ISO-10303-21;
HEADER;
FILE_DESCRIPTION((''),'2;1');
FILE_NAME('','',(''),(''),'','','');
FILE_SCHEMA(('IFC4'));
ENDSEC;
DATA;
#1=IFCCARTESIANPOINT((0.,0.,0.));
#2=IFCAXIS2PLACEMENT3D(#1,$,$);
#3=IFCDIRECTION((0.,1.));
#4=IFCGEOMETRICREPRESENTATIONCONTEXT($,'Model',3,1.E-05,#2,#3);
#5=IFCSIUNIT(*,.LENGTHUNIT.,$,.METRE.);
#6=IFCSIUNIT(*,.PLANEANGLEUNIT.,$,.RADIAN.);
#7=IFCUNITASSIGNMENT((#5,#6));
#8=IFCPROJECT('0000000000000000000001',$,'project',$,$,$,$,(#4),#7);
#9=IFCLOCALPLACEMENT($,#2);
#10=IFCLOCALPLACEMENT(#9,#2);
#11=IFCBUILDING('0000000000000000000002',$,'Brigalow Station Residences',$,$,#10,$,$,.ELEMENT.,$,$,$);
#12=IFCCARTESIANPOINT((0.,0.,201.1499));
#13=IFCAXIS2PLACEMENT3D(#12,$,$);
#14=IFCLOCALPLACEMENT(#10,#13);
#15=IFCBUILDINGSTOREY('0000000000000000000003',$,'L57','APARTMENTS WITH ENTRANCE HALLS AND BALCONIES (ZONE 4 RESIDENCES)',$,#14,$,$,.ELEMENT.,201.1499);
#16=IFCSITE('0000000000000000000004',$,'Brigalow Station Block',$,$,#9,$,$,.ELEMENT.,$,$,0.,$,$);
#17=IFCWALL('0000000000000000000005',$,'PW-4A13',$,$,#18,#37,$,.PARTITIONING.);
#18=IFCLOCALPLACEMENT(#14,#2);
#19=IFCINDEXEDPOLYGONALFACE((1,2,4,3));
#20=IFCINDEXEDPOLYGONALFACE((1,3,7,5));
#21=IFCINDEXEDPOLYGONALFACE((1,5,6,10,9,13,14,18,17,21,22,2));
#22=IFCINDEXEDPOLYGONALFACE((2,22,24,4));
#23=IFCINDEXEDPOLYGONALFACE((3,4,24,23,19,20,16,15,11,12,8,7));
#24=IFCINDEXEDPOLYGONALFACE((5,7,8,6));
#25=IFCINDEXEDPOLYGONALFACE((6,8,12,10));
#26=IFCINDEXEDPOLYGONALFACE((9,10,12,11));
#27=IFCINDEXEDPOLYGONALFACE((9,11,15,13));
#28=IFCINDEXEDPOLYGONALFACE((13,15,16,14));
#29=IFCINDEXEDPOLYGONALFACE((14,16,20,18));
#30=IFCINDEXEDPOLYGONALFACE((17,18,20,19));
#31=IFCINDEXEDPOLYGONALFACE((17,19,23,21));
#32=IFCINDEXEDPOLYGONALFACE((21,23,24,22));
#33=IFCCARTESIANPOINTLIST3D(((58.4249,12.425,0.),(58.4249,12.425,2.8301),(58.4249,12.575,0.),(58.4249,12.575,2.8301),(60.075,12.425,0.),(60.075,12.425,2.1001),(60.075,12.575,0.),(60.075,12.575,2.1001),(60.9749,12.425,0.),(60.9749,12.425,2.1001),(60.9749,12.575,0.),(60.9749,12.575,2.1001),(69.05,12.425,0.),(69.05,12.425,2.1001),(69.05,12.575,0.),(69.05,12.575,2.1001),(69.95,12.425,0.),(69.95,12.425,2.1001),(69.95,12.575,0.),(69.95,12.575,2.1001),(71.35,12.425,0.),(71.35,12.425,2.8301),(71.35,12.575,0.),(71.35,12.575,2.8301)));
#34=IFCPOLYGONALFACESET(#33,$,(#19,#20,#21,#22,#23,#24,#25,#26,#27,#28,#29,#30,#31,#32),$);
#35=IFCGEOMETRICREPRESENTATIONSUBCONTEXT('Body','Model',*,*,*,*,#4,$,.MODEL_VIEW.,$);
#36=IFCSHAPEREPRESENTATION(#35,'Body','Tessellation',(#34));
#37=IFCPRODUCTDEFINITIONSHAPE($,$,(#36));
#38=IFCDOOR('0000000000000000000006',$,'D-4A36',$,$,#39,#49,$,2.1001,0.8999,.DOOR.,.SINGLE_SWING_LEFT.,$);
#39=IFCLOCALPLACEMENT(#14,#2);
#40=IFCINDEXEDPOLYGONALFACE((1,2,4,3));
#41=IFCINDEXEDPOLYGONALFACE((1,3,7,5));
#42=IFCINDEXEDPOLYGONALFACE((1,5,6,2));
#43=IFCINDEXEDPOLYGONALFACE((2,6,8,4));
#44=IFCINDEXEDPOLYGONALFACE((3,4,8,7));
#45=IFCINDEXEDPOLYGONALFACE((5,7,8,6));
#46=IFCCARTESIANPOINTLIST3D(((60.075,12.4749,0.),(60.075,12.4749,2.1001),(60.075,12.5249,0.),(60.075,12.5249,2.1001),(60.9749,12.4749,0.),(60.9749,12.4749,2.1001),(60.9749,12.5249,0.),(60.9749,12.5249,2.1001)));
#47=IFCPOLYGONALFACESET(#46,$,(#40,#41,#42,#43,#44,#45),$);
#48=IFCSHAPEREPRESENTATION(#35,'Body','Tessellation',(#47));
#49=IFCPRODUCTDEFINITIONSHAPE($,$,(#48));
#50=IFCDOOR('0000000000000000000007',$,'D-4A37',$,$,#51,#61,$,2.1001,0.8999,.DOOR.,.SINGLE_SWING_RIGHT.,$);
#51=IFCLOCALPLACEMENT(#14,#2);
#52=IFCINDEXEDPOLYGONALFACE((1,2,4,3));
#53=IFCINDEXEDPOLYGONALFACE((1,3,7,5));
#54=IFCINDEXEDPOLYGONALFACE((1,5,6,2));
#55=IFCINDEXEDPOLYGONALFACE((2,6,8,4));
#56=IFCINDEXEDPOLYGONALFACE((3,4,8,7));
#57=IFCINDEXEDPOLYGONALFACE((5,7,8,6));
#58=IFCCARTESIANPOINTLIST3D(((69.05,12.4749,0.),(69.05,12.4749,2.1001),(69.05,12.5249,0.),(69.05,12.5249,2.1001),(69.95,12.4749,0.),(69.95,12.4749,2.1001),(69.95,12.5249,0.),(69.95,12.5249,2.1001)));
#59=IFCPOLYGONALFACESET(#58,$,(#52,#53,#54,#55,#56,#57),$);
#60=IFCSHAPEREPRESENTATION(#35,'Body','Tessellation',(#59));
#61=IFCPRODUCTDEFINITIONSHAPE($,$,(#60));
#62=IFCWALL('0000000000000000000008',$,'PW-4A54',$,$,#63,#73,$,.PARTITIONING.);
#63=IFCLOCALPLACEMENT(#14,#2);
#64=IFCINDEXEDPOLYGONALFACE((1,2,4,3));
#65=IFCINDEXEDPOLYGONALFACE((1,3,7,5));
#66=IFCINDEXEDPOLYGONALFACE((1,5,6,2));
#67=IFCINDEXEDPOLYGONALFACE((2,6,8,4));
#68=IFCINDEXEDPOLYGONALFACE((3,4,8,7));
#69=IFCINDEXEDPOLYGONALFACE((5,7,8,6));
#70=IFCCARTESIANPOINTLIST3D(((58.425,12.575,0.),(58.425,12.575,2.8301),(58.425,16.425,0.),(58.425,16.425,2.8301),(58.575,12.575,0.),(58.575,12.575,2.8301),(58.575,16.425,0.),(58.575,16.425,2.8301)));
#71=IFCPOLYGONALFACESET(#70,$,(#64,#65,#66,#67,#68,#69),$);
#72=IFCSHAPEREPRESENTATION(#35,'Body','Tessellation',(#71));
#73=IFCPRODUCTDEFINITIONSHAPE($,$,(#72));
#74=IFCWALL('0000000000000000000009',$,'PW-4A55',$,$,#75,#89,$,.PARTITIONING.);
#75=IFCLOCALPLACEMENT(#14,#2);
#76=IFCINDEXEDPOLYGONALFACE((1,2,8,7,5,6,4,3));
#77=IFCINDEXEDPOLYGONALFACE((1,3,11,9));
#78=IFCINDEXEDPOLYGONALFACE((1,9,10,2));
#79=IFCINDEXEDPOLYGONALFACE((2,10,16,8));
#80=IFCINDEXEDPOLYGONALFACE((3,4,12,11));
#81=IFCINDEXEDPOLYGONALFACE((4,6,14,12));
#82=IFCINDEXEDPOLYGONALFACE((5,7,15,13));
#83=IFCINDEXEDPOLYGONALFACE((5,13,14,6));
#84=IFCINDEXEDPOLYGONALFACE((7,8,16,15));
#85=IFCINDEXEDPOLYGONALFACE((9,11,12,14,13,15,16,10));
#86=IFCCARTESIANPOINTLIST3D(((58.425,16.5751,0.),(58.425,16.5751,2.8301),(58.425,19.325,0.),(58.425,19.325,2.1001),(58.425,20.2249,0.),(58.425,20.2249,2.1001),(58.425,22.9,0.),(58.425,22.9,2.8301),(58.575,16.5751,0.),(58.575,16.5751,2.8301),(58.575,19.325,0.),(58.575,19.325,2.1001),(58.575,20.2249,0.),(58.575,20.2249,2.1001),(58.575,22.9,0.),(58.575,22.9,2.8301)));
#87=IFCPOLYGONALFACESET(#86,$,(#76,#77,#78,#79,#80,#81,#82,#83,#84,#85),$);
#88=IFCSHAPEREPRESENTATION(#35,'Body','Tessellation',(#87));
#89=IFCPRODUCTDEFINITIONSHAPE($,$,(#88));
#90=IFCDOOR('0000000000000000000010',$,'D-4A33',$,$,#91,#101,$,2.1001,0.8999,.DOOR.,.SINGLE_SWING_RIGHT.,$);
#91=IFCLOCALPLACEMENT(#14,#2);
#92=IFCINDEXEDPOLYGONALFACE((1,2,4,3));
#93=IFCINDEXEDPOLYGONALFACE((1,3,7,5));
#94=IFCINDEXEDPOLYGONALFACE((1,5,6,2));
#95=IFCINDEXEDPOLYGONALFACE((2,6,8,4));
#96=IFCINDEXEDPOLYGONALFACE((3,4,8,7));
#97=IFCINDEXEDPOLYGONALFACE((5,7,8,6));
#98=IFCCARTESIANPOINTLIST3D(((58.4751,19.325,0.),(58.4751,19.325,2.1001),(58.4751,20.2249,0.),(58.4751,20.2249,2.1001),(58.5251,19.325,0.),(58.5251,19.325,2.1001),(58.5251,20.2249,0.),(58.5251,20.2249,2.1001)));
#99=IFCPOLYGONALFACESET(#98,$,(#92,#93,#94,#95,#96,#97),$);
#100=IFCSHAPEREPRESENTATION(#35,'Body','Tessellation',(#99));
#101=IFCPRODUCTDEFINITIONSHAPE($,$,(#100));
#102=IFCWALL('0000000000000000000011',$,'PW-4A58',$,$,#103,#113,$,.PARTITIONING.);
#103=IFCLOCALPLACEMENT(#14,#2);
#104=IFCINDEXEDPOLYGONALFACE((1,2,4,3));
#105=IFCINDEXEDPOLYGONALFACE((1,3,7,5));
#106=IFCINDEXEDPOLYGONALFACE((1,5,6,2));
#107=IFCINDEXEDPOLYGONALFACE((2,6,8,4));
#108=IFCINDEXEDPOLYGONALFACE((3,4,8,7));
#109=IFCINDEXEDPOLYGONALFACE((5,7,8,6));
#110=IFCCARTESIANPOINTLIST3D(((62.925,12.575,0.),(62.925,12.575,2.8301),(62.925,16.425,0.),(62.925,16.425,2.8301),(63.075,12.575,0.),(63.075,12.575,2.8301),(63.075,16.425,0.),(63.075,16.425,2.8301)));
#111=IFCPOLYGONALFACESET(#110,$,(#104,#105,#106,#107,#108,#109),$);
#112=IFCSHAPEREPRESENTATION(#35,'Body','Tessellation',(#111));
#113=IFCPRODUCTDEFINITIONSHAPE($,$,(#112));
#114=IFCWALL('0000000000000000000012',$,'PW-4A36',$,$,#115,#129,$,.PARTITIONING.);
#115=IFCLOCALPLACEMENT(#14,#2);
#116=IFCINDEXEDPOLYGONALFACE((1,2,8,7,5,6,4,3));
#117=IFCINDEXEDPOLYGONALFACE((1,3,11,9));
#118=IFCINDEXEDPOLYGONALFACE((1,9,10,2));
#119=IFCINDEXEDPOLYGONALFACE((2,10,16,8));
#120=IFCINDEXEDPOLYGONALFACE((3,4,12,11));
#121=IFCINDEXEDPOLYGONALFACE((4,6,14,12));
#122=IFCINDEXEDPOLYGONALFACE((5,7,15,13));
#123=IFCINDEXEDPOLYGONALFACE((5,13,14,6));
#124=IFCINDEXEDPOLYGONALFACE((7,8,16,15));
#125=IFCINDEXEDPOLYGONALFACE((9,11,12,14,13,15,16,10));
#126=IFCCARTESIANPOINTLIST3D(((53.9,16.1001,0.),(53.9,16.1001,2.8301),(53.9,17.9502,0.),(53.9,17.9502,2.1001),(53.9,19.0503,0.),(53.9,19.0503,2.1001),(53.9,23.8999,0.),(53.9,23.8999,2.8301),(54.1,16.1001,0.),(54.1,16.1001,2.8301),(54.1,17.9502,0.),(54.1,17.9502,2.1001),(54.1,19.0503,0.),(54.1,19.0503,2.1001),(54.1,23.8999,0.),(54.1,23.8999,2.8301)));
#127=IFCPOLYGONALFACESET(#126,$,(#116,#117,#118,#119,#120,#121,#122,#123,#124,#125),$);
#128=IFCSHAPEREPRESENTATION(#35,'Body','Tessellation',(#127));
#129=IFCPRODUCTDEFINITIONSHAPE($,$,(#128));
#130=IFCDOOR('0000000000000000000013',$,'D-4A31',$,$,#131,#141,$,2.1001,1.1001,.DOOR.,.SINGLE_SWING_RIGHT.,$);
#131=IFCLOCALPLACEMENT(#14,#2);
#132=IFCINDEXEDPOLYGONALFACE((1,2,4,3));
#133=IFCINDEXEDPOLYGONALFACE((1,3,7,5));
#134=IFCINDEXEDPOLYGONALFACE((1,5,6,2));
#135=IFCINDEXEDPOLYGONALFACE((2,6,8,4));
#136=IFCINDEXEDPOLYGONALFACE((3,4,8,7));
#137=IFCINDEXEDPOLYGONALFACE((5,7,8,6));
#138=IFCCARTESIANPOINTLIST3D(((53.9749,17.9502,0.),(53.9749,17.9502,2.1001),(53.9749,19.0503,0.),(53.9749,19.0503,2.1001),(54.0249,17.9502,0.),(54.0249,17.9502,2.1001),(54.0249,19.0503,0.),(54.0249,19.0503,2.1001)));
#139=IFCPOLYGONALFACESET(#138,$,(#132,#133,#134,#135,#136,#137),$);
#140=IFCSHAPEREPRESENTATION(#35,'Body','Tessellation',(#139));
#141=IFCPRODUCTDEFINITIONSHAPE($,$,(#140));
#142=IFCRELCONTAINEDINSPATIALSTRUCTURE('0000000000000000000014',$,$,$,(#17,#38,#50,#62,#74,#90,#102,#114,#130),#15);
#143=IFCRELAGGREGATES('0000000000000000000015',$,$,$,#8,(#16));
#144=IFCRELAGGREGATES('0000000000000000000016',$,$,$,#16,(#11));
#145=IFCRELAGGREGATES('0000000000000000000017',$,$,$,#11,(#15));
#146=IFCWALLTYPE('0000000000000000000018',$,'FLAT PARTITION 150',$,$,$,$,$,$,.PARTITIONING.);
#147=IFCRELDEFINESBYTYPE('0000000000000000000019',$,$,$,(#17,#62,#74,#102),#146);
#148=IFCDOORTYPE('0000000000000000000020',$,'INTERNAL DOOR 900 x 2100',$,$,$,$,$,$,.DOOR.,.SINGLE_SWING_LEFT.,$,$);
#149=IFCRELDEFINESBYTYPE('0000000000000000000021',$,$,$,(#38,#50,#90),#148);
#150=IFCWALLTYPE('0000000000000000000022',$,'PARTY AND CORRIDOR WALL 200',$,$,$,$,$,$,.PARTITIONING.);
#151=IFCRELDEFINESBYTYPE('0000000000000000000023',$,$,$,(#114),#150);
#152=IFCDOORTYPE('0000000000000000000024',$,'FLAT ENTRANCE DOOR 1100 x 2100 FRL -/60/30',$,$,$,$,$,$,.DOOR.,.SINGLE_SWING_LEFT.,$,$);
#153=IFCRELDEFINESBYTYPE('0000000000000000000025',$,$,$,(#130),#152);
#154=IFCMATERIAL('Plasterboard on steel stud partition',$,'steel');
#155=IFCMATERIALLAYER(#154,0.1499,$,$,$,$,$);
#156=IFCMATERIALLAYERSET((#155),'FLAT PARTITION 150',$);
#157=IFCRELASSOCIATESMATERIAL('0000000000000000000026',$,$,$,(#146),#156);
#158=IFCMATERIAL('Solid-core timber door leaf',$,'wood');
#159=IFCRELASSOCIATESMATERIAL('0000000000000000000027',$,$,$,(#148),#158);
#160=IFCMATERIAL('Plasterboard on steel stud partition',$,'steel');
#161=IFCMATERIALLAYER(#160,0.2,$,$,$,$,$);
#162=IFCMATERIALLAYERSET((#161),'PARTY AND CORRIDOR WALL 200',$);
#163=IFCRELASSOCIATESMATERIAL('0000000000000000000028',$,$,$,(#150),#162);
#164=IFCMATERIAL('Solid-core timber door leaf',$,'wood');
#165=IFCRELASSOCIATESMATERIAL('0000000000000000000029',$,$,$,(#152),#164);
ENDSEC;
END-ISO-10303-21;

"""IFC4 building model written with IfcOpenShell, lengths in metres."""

from ifc_helpers import new_model, si_unit, direction, frame, frame_2d, origin, place, context, subcontext, project, spatial, rectangle, extrude, material, layer, layer_set, type_object, element, fill, save


model = new_model("IFC4")

# Units and contexts
model_context = context("Model", 3, precision=1e-05, world=origin(), true_north=direction((0.0, 1.0)))
body_context = subcontext(model_context, "Body", "Model", "MODEL_VIEW")
ifc_project = project(units=[si_unit("LENGTHUNIT", "METRE"), si_unit("PLANEANGLEUNIT", "RADIAN")], contexts=[model_context])

# Site, building, storey
site_placement = place(None, origin())
site = spatial("IfcSite", under=ifc_project, at=site_placement, Name="Brigalow Station Block", CompositionType="ELEMENT", RefElevation=0.0)
building_placement = place(site_placement, origin())
building = spatial("IfcBuilding", under=site, at=building_placement, Name="Brigalow Station Residences", CompositionType="ELEMENT")
storey_placement = place(building_placement, frame((0.0, 0.0, 201.1499)))
storey = spatial("IfcBuildingStorey", under=building, at=storey_placement, Name="L57", Description="APARTMENTS WITH ENTRANCE HALLS AND BALCONIES (ZONE 4 RESIDENCES)", CompositionType="ELEMENT", Elevation=201.1499)

# Wall, openings, doors
ifc_material_1 = material(Name="Plasterboard on steel stud partition", Category="steel")
ifc_layer_1 = layer(ifc_material_1, 0.1499)
ifc_layer_set_1 = layer_set([ifc_layer_1], Name="FLAT PARTITION 150")
wall_type_1 = type_object("IfcWallType", Name="FLAT PARTITION 150", PredefinedType="PARTITIONING", material=ifc_layer_set_1)
wall_1_placement = place(storey_placement, frame((58.425, 12.5, 0.0), z_axis=(0.0, 0.0, 1.0), x_axis=(1.0, 0.0, 0.0)))
wall_1 = element("IfcWall", 1, at=wall_1_placement, inside=storey, type_object=wall_type_1, Name="PW-4A13", PredefinedType="PARTITIONING", context=body_context, shape_type="SweptSolid", body=[
    extrude(rectangle(XDim=12.925, YDim=0.1499, at=frame_2d((6.4624, 0.0))), origin(), (0.0, 0.0, 1.0), 2.8301),
])
opening_1_placement = place(wall_1_placement, frame((1.6499, 0.0, 0.0)))
opening_1 = element("IfcOpeningElement", 2, at=opening_1_placement, cuts=wall_1, PredefinedType="OPENING", context=body_context, shape_type="SweptSolid", body=[
    extrude(rectangle(XDim=0.8999, YDim=2.1001, at=frame_2d((0.45, 1.05))), frame((0.0, 0.085, 0.0), z_axis=(0.0, -1.0, 0.0), x_axis=(1.0, 0.0, 0.0)), (0.0, 0.0, 1.0), 0.1699),
])
opening_2_placement = place(wall_1_placement, frame((10.625, 0.0, 0.0)))
opening_2 = element("IfcOpeningElement", 3, at=opening_2_placement, cuts=wall_1, PredefinedType="OPENING", context=body_context, shape_type="SweptSolid", body=[
    extrude(rectangle(XDim=0.8999, YDim=2.1001, at=frame_2d((0.45, 1.05))), frame((0.0, 0.085, 0.0), z_axis=(0.0, -1.0, 0.0), x_axis=(1.0, 0.0, 0.0)), (0.0, 0.0, 1.0), 0.1699),
])
ifc_material_2 = material(Name="Solid-core timber door leaf", Category="wood")
door_type_1 = type_object("IfcDoorType", Name="INTERNAL DOOR 900 x 2100", OperationType="SINGLE_SWING_LEFT", PredefinedType="DOOR", material=ifc_material_2)
door_1_placement = place(opening_1_placement, origin())
door_1 = element("IfcDoor", 4, at=door_1_placement, inside=storey, type_object=door_type_1, Name="D-4A36", OperationType="SINGLE_SWING_LEFT", OverallHeight=2.1001, OverallWidth=0.8999, PredefinedType="DOOR", context=body_context, shape_type="SweptSolid", body=[
    extrude(rectangle(XDim=0.8999, YDim=2.1001, at=frame_2d((0.45, 1.05))), frame((0.0, 0.0249, 0.0), z_axis=(0.0, -1.0, 0.0), x_axis=(1.0, 0.0, 0.0)), (0.0, 0.0, 1.0), 0.05),
])
fill(opening_1, door_1)
door_2_placement = place(opening_2_placement, origin())
door_2 = element("IfcDoor", 5, at=door_2_placement, inside=storey, type_object=door_type_1, Name="D-4A37", OperationType="SINGLE_SWING_RIGHT", OverallHeight=2.1001, OverallWidth=0.8999, PredefinedType="DOOR", context=body_context, shape_type="SweptSolid", body=[
    extrude(rectangle(XDim=0.8999, YDim=2.1001, at=frame_2d((0.45, 1.05))), frame((0.0, 0.0249, 0.0), z_axis=(0.0, -1.0, 0.0), x_axis=(1.0, 0.0, 0.0)), (0.0, 0.0, 1.0), 0.05),
])
fill(opening_2, door_2)

# Wall
wall_2_placement = place(storey_placement, frame((58.5, 12.575, 0.0), z_axis=(0.0, 0.0, 1.0), x_axis=(0.0, 1.0, 0.0)))
element("IfcWall", 6, at=wall_2_placement, inside=storey, type_object=wall_type_1, Name="PW-4A54", PredefinedType="PARTITIONING", context=body_context, shape_type="SweptSolid", body=[
    extrude(rectangle(XDim=3.8501, YDim=0.1499, at=frame_2d((1.925, 0.0))), origin(), (0.0, 0.0, 1.0), 2.8301),
])

# Wall, opening, door
wall_3_placement = place(storey_placement, frame((58.5, 16.575, 0.0), z_axis=(0.0, 0.0, 1.0), x_axis=(0.0, 1.0, 0.0)))
wall_3 = element("IfcWall", 7, at=wall_3_placement, inside=storey, type_object=wall_type_1, Name="PW-4A55", PredefinedType="PARTITIONING", context=body_context, shape_type="SweptSolid", body=[
    extrude(rectangle(XDim=6.325, YDim=0.1499, at=frame_2d((3.1626, 0.0))), origin(), (0.0, 0.0, 1.0), 2.8301),
])
opening_3_placement = place(wall_3_placement, frame((2.75, 0.0, 0.0)))
opening_3 = element("IfcOpeningElement", 8, at=opening_3_placement, cuts=wall_3, PredefinedType="OPENING", context=body_context, shape_type="SweptSolid", body=[
    extrude(rectangle(XDim=0.8999, YDim=2.1001, at=frame_2d((0.45, 1.05))), frame((0.0, 0.085, 0.0), z_axis=(0.0, -1.0, 0.0), x_axis=(1.0, 0.0, 0.0)), (0.0, 0.0, 1.0), 0.1699),
])
door_3_placement = place(opening_3_placement, origin())
door_3 = element("IfcDoor", 9, at=door_3_placement, inside=storey, type_object=door_type_1, Name="D-4A33", OperationType="SINGLE_SWING_RIGHT", OverallHeight=2.1001, OverallWidth=0.8999, PredefinedType="DOOR", context=body_context, shape_type="SweptSolid", body=[
    extrude(rectangle(XDim=0.8999, YDim=2.1001, at=frame_2d((0.45, 1.05))), frame((0.0, 0.0249, 0.0), z_axis=(0.0, -1.0, 0.0), x_axis=(1.0, 0.0, 0.0)), (0.0, 0.0, 1.0), 0.05),
])
fill(opening_3, door_3)

# Wall
wall_4_placement = place(storey_placement, frame((63.0, 12.575, 0.0), z_axis=(0.0, 0.0, 1.0), x_axis=(0.0, 1.0, 0.0)))
element("IfcWall", 10, at=wall_4_placement, inside=storey, type_object=wall_type_1, Name="PW-4A58", PredefinedType="PARTITIONING", context=body_context, shape_type="SweptSolid", body=[
    extrude(rectangle(XDim=3.8501, YDim=0.1499, at=frame_2d((1.925, 0.0))), origin(), (0.0, 0.0, 1.0), 2.8301),
])

# Wall, opening, door
ifc_material_3 = material(Name="Plasterboard on steel stud partition", Category="steel")
ifc_layer_2 = layer(ifc_material_3, 0.2)
ifc_layer_set_2 = layer_set([ifc_layer_2], Name="PARTY AND CORRIDOR WALL 200")
wall_type_2 = type_object("IfcWallType", Name="PARTY AND CORRIDOR WALL 200", PredefinedType="PARTITIONING", material=ifc_layer_set_2)
wall_5_placement = place(storey_placement, frame((54.0, 16.1001, 0.0), z_axis=(0.0, 0.0, 1.0), x_axis=(0.0, 1.0, 0.0)))
wall_5 = element("IfcWall", 11, at=wall_5_placement, inside=storey, type_object=wall_type_2, Name="PW-4A36", PredefinedType="PARTITIONING", context=body_context, shape_type="SweptSolid", body=[
    extrude(rectangle(XDim=7.7998, YDim=0.2, at=frame_2d((3.8999, 0.0))), origin(), (0.0, 0.0, 1.0), 2.8301),
])
opening_4_placement = place(wall_5_placement, frame((1.8501, 0.0, 0.0)))
opening_4 = element("IfcOpeningElement", 12, at=opening_4_placement, cuts=wall_5, PredefinedType="OPENING", context=body_context, shape_type="SweptSolid", body=[
    extrude(rectangle(XDim=1.1001, YDim=2.1001, at=frame_2d((0.55, 1.05))), frame((0.0, 0.1099, 0.0), z_axis=(0.0, -1.0, 0.0), x_axis=(1.0, 0.0, 0.0)), (0.0, 0.0, 1.0), 0.22),
])
ifc_material_4 = material(Name="Solid-core timber door leaf", Category="wood")
door_type_2 = type_object("IfcDoorType", Name="FLAT ENTRANCE DOOR 1100 x 2100 FRL -/60/30", OperationType="SINGLE_SWING_LEFT", PredefinedType="DOOR", material=ifc_material_4)
door_4_placement = place(opening_4_placement, frame((1.1001, 0.0, 0.0), z_axis=(0.0, 0.0, 1.0), x_axis=(-1.0, 0.0, 0.0)))
door_4 = element("IfcDoor", 13, at=door_4_placement, inside=storey, type_object=door_type_2, Name="D-4A31", OperationType="SINGLE_SWING_RIGHT", OverallHeight=2.1001, OverallWidth=1.1001, PredefinedType="DOOR", context=body_context, shape_type="SweptSolid", body=[
    extrude(rectangle(XDim=1.1001, YDim=2.1001, at=frame_2d((0.55, 1.05))), frame((0.0, 0.0249, 0.0), z_axis=(0.0, -1.0, 0.0), x_axis=(1.0, 0.0, 0.0)), (0.0, 0.0, 1.0), 0.05),
])
fill(opening_4, door_4)

save(model, "model.ifc")
